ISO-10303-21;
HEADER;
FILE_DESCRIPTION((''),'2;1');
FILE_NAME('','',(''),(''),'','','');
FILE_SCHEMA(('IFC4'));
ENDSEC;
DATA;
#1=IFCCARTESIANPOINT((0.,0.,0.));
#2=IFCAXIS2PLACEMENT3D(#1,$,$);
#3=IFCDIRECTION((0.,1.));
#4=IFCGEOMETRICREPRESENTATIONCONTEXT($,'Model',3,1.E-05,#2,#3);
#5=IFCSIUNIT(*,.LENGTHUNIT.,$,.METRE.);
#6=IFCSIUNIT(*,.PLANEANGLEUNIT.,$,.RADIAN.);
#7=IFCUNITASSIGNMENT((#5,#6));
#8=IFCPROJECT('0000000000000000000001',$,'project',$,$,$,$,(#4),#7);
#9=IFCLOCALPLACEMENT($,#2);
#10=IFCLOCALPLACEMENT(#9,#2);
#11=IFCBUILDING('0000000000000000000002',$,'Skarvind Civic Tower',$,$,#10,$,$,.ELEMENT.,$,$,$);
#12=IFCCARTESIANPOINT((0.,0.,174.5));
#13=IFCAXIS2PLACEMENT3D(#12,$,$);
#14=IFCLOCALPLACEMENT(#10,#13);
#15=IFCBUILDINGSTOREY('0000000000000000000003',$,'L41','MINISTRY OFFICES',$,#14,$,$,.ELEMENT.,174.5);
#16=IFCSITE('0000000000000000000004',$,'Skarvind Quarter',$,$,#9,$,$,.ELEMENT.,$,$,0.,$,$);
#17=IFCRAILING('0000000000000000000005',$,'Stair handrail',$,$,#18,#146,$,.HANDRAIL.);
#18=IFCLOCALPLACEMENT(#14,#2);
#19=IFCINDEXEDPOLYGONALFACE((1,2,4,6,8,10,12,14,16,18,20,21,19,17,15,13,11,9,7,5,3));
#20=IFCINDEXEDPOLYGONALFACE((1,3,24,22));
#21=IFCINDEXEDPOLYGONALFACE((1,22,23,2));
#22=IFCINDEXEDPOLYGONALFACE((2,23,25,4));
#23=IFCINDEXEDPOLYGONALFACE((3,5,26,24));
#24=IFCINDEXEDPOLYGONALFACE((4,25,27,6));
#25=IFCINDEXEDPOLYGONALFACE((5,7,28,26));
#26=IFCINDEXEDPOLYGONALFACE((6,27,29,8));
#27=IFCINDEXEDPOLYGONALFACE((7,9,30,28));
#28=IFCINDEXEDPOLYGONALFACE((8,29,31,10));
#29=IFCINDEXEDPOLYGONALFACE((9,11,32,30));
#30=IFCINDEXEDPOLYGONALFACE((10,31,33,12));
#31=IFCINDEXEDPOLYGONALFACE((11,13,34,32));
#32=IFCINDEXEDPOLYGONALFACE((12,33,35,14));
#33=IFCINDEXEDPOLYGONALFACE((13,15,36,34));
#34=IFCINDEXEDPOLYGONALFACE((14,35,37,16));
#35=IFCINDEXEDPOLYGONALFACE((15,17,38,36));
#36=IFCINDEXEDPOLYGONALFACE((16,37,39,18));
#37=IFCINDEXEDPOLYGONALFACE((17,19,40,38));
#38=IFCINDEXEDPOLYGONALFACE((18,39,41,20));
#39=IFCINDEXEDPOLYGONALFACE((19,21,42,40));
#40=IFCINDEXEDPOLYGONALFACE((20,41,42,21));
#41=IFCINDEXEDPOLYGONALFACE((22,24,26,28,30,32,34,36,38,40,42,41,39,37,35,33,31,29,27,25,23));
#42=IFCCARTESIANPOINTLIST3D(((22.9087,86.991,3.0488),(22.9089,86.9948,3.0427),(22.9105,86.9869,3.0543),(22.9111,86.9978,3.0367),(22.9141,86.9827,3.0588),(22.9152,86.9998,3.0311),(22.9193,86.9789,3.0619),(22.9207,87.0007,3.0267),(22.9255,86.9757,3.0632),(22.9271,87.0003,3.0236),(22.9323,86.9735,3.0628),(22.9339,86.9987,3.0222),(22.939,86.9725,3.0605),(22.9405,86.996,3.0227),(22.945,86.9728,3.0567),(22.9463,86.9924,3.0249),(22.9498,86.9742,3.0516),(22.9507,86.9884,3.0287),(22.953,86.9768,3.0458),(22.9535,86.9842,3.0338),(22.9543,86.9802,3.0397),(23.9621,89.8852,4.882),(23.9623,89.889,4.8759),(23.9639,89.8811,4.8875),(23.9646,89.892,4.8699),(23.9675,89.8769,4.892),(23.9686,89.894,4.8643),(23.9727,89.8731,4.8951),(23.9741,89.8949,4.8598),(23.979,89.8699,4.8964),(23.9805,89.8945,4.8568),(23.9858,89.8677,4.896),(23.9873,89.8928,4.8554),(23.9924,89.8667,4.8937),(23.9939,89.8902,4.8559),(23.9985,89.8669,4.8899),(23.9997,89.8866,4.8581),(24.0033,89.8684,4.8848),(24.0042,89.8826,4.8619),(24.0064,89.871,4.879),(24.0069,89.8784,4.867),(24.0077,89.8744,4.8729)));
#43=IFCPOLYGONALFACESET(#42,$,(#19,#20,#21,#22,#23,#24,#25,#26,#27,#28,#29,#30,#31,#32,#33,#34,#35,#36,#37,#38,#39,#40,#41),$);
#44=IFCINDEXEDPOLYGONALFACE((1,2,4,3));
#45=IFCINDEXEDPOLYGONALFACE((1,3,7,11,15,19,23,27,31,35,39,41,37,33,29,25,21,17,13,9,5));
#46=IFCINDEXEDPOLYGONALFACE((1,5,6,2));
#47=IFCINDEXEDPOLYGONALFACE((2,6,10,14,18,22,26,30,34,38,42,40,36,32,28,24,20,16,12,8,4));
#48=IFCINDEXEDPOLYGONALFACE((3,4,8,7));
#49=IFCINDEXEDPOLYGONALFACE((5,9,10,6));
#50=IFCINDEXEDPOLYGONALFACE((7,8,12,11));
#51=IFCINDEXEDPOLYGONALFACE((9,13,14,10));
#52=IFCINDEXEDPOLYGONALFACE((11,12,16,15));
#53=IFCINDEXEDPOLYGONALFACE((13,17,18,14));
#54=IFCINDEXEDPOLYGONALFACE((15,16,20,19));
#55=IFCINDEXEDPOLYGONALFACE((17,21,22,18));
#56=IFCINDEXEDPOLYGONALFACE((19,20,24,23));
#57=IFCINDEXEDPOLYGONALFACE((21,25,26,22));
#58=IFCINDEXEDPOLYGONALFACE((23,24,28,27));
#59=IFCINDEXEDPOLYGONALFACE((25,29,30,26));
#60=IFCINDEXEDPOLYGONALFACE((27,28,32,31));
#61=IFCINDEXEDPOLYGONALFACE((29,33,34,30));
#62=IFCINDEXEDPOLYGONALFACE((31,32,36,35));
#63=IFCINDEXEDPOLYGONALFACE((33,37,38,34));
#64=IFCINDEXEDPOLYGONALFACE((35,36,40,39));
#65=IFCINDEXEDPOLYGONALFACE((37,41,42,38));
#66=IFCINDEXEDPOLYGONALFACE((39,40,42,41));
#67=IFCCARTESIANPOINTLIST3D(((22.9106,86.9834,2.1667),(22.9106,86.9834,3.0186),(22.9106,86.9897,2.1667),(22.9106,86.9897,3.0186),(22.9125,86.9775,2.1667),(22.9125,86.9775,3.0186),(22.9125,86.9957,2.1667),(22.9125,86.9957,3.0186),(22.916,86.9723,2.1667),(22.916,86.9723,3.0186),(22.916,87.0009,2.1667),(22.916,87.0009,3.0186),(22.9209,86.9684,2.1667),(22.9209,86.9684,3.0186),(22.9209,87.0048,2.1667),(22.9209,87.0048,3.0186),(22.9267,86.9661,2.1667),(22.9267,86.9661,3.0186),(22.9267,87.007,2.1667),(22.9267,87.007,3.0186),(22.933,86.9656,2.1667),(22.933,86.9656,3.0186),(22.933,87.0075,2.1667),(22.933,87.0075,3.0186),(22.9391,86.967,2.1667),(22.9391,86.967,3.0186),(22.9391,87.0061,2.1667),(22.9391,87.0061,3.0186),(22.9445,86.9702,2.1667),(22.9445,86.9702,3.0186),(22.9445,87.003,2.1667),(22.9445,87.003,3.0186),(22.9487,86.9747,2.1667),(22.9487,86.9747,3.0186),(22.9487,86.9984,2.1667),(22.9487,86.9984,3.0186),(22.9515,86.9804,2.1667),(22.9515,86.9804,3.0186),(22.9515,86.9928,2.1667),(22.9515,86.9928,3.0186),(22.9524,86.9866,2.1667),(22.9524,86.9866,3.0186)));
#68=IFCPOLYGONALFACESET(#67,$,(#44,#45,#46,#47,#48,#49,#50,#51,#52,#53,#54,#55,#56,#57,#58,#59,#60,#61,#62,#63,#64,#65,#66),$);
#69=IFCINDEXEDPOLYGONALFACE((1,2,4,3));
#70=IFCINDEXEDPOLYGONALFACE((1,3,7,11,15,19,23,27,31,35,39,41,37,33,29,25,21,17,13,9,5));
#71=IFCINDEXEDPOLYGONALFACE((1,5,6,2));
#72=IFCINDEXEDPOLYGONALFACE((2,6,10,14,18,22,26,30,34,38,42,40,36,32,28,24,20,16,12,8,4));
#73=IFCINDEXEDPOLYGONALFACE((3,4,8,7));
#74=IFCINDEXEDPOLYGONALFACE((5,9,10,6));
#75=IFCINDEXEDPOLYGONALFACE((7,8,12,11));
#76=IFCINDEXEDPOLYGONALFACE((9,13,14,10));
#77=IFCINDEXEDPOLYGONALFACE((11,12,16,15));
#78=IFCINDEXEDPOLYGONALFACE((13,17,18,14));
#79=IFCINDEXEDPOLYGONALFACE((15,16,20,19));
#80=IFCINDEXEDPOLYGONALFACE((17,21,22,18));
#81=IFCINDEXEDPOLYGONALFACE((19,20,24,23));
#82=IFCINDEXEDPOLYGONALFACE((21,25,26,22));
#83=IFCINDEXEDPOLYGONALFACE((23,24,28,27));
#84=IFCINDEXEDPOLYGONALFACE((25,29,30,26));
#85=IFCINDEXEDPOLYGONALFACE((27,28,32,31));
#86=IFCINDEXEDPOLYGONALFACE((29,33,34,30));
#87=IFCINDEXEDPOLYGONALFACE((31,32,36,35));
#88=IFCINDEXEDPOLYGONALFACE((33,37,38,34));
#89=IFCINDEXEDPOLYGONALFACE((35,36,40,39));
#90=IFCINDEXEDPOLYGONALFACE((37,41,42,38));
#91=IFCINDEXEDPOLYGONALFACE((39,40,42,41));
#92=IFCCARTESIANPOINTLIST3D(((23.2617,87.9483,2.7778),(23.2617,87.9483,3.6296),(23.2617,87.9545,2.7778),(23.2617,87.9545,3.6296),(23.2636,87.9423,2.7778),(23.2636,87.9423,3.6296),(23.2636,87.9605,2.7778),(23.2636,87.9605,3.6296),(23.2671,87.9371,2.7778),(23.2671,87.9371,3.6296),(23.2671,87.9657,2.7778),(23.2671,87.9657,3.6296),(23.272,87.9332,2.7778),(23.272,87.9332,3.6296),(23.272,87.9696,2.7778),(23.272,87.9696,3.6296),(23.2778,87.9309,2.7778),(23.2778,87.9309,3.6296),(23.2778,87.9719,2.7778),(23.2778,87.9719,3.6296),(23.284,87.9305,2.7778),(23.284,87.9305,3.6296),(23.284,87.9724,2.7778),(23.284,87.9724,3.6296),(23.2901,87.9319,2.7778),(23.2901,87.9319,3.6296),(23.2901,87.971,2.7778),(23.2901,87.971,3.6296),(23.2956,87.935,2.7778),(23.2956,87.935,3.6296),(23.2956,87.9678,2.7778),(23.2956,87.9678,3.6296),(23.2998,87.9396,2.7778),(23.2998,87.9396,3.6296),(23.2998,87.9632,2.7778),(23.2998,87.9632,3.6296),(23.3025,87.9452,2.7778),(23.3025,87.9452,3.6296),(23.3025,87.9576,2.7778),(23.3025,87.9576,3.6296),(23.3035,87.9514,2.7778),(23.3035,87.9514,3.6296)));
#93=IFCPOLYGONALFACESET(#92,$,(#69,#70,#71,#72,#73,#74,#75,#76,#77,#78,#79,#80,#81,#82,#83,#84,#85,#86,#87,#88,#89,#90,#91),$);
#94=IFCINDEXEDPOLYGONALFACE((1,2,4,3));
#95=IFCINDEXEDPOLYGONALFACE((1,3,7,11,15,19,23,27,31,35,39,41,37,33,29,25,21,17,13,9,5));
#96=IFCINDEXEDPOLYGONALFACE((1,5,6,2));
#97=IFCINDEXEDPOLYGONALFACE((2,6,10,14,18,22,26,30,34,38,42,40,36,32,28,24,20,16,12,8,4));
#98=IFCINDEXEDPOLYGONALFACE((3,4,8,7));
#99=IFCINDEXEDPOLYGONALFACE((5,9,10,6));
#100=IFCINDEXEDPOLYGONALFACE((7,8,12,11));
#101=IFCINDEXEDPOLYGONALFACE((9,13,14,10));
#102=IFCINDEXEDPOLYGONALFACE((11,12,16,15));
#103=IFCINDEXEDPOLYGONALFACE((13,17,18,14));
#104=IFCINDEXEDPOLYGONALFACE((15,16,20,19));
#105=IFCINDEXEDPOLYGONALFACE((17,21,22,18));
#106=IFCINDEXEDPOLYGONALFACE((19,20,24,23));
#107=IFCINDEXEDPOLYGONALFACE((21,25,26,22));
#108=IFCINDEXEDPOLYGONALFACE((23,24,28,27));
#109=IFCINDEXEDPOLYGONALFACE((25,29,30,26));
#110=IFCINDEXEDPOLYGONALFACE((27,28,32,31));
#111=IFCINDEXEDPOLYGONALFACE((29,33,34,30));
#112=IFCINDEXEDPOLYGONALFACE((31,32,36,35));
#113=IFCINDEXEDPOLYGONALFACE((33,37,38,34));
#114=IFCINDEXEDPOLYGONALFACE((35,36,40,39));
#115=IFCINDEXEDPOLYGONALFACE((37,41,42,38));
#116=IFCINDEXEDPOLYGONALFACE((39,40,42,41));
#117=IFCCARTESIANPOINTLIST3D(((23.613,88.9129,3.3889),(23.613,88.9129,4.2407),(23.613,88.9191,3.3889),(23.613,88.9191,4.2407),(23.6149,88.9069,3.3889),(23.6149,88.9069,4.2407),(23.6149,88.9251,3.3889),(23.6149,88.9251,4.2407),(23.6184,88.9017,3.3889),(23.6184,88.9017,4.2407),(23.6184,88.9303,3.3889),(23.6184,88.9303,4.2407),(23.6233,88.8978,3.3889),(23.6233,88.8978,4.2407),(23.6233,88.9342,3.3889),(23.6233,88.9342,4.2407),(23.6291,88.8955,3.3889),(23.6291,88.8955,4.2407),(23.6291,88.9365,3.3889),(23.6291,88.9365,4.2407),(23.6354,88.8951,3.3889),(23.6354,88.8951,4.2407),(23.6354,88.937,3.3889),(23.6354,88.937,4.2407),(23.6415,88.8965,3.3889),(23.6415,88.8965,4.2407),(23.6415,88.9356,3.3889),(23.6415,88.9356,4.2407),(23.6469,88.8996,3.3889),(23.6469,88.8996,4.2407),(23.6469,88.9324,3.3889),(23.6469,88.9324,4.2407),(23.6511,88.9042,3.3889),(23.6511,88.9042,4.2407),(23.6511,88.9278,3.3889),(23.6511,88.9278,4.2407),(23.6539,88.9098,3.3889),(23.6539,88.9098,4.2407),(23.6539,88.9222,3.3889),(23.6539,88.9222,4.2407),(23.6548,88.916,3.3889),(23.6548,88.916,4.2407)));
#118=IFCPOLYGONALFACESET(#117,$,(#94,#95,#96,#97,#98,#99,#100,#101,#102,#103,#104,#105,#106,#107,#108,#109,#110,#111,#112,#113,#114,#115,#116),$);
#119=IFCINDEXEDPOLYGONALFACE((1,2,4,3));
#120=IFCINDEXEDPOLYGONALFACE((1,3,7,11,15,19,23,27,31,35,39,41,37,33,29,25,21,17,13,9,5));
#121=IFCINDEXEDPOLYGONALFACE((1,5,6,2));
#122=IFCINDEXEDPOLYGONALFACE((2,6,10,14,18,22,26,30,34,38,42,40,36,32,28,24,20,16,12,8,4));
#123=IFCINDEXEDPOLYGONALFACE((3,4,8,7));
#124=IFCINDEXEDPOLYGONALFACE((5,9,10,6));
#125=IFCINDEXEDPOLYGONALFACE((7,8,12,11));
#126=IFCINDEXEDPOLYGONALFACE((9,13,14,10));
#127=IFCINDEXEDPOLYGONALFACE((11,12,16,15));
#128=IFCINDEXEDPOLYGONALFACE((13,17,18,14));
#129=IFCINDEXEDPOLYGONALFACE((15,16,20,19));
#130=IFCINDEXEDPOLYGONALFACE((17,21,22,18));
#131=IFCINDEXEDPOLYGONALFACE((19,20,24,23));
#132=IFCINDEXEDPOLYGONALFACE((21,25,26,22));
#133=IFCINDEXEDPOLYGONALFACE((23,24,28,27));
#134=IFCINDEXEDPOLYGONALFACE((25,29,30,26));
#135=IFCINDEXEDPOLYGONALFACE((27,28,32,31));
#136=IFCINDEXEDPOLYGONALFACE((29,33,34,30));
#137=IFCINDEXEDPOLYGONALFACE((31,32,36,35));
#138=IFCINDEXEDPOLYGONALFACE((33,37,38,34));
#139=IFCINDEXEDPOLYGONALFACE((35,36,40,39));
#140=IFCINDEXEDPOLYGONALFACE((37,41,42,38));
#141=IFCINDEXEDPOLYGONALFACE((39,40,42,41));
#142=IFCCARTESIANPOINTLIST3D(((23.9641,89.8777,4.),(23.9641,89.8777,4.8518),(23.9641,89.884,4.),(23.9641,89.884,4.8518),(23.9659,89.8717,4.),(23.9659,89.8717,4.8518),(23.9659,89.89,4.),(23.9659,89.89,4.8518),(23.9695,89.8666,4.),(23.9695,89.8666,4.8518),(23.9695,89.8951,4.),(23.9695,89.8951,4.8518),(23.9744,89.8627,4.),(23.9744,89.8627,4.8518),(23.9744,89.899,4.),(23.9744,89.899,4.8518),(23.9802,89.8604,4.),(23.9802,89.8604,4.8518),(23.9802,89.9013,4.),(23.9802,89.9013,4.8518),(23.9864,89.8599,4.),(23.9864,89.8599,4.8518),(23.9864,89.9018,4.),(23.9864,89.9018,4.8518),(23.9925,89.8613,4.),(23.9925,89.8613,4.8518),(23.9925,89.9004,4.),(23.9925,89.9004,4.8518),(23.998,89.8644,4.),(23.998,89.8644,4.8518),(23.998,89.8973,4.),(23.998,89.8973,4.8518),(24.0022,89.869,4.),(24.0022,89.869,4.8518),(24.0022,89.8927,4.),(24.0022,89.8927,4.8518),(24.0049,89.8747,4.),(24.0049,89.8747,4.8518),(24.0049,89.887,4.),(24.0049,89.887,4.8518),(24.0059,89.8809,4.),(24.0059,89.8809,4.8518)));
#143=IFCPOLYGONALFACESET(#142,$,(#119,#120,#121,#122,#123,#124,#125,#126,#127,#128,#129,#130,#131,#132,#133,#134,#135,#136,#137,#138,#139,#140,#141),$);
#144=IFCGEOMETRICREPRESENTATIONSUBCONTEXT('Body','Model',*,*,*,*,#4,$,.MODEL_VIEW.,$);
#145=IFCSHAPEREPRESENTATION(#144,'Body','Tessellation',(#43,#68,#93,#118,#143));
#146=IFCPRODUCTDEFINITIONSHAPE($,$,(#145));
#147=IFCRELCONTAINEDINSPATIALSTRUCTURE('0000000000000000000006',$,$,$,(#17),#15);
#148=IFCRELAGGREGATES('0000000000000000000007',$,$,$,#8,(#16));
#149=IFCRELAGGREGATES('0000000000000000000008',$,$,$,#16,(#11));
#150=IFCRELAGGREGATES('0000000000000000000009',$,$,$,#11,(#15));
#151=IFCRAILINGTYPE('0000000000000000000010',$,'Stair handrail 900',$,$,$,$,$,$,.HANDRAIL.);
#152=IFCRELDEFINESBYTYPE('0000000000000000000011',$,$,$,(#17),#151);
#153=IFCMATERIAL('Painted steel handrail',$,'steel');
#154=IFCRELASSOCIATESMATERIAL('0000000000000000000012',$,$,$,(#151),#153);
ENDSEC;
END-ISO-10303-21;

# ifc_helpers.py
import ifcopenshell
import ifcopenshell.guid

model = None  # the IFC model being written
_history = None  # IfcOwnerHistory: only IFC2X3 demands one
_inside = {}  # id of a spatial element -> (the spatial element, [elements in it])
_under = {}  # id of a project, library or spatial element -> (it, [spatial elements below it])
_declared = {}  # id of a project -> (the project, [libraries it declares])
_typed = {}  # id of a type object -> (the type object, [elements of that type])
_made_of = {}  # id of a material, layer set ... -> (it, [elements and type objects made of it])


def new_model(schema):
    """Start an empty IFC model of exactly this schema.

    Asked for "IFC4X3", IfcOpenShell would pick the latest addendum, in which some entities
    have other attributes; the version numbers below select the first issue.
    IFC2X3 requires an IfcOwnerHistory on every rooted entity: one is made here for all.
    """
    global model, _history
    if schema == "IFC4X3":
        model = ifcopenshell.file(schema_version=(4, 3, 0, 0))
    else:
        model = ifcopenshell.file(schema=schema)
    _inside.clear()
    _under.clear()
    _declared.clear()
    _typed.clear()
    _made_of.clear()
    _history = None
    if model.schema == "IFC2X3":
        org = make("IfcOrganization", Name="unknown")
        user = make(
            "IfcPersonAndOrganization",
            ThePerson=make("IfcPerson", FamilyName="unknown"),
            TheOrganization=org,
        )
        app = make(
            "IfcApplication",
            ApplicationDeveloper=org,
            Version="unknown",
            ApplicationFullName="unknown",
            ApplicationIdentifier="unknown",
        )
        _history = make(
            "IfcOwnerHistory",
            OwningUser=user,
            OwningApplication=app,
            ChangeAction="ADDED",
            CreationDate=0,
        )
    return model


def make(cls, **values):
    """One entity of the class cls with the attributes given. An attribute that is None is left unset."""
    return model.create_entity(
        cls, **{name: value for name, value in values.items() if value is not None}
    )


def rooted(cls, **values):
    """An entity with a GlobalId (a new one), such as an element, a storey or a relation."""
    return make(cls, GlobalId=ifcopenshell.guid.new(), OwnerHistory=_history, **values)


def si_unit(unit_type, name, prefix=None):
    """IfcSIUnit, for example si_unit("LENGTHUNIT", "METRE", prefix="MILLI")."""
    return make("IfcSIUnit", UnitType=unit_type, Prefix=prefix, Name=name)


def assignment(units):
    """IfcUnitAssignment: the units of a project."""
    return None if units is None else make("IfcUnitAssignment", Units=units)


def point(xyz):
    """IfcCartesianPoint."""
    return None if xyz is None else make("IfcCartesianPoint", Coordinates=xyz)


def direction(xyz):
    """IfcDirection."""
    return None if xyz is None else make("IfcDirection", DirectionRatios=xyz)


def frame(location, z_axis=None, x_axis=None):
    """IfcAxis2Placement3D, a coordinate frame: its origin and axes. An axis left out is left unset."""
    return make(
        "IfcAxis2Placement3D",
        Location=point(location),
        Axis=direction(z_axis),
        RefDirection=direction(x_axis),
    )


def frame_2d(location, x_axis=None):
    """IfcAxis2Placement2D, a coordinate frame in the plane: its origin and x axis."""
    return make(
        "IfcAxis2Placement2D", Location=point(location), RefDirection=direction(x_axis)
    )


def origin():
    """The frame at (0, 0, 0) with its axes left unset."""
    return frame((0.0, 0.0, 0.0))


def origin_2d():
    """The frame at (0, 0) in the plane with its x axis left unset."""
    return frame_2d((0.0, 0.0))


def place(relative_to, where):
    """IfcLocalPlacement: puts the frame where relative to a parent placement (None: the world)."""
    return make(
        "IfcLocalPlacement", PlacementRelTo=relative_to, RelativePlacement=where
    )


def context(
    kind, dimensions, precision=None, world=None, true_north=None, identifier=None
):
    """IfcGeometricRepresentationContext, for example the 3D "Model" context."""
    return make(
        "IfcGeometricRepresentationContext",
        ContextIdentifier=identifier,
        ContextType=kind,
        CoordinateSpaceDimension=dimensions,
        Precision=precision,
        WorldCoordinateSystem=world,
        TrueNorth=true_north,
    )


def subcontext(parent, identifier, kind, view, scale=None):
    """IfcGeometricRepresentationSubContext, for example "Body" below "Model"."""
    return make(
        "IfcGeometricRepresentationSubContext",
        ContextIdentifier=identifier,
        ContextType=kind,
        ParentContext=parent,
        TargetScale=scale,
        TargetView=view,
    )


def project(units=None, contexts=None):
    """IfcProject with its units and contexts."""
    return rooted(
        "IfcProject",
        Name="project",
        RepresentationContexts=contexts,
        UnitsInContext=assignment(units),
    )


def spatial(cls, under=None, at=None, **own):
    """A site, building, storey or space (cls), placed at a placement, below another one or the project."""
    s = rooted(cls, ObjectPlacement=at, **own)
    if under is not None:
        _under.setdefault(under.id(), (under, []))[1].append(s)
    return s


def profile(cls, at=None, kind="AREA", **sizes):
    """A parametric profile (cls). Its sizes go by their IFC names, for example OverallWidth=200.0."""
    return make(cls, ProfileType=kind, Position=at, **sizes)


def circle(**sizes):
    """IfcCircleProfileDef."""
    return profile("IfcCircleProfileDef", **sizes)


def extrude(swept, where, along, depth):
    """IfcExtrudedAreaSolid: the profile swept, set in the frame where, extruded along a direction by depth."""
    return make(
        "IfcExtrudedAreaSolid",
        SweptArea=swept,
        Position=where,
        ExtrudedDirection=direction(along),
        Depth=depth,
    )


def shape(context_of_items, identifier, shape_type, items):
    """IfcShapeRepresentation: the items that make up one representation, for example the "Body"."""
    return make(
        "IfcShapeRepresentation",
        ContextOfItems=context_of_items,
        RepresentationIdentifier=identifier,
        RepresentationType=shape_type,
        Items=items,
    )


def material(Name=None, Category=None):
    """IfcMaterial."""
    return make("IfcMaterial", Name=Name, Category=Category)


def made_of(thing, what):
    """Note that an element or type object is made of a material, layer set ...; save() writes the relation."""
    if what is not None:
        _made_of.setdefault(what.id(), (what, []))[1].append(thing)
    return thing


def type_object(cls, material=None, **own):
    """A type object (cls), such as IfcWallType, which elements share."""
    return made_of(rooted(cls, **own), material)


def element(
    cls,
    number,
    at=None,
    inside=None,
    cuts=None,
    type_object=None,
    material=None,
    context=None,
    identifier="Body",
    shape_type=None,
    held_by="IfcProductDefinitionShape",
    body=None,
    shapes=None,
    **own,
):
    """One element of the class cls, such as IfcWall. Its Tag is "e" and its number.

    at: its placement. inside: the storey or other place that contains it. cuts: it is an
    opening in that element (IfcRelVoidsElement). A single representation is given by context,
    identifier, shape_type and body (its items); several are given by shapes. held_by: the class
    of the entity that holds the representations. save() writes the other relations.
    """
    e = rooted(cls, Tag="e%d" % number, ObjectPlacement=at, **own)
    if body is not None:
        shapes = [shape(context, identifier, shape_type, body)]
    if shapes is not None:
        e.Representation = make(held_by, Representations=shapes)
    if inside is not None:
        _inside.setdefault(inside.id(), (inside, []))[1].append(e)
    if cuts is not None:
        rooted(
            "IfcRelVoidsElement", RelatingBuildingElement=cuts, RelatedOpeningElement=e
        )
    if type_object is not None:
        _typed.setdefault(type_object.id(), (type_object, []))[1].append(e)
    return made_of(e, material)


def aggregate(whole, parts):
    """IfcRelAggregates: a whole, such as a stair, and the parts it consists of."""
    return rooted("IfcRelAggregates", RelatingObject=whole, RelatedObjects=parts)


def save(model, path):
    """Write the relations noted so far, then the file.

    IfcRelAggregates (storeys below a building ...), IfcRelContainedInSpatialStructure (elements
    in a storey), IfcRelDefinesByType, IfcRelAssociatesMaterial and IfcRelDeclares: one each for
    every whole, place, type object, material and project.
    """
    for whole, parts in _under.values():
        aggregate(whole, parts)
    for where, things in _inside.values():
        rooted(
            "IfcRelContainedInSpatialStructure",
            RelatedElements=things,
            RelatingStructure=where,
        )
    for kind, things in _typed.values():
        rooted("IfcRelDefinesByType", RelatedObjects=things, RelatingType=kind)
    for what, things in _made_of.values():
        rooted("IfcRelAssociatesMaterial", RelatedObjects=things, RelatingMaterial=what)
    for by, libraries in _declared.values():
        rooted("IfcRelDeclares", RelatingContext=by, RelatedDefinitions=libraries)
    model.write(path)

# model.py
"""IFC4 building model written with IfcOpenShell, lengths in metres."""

from ifc_helpers import new_model, si_unit, direction, frame, origin, origin_2d, place, context, subcontext, project, spatial, circle, extrude, material, type_object, element, save


model = new_model("IFC4")

# Units and contexts
model_context = context("Model", 3, precision=1e-05, world=origin(), true_north=direction((0.0, 1.0)))
body_context = subcontext(model_context, "Body", "Model", "MODEL_VIEW")
ifc_project = project(units=[si_unit("LENGTHUNIT", "METRE"), si_unit("PLANEANGLEUNIT", "RADIAN")], contexts=[model_context])

# Site, building, storey
site_placement = place(None, origin())
site = spatial("IfcSite", under=ifc_project, at=site_placement, Name="Skarvind Quarter", CompositionType="ELEMENT", RefElevation=0.0)
building_placement = place(site_placement, origin())
building = spatial("IfcBuilding", under=site, at=building_placement, Name="Skarvind Civic Tower", CompositionType="ELEMENT")
storey_placement = place(building_placement, frame((0.0, 0.0, 174.5)))
storey = spatial("IfcBuildingStorey", under=building, at=storey_placement, Name="L41", Description="MINISTRY OFFICES", CompositionType="ELEMENT", Elevation=174.5)

# Railing
ifc_material_1 = material(Name="Painted steel handrail", Category="steel")
railing_type = type_object("IfcRailingType", Name="Stair handrail 900", PredefinedType="HANDRAIL", material=ifc_material_1)
railing_1_placement = place(storey_placement, frame((22.9314, 86.9866, 2.1667)))
element("IfcRailing", 1, at=railing_1_placement, inside=storey, type_object=railing_type, Name="Stair handrail", PredefinedType="HANDRAIL", context=body_context, shape_type="SweptSolid", body=[
    extrude(circle(Radius=0.0239, at=origin_2d()), frame((0.0, 0.0, 0.876), z_axis=(0.293908, 0.807481, 0.511461), x_axis=(-0.939689, 0.342029, 0.0)), (0.0, 0.0, 1.0), 3.5842),
    extrude(circle(Radius=0.021, at=origin_2d()), origin(), (0.0, 0.0, 1.0), 0.8518),
    extrude(circle(Radius=0.021, at=origin_2d()), frame((0.3511, 0.9648, 0.6111)), (0.0, 0.0, 1.0), 0.8518),
    extrude(circle(Radius=0.021, at=origin_2d()), frame((0.7024, 1.9294, 1.2222)), (0.0, 0.0, 1.0), 0.8518),
    extrude(circle(Radius=0.021, at=origin_2d()), frame((1.0535, 2.8943, 1.8333)), (0.0, 0.0, 1.0), 0.8518),
])

save(model, "model.ifc")
